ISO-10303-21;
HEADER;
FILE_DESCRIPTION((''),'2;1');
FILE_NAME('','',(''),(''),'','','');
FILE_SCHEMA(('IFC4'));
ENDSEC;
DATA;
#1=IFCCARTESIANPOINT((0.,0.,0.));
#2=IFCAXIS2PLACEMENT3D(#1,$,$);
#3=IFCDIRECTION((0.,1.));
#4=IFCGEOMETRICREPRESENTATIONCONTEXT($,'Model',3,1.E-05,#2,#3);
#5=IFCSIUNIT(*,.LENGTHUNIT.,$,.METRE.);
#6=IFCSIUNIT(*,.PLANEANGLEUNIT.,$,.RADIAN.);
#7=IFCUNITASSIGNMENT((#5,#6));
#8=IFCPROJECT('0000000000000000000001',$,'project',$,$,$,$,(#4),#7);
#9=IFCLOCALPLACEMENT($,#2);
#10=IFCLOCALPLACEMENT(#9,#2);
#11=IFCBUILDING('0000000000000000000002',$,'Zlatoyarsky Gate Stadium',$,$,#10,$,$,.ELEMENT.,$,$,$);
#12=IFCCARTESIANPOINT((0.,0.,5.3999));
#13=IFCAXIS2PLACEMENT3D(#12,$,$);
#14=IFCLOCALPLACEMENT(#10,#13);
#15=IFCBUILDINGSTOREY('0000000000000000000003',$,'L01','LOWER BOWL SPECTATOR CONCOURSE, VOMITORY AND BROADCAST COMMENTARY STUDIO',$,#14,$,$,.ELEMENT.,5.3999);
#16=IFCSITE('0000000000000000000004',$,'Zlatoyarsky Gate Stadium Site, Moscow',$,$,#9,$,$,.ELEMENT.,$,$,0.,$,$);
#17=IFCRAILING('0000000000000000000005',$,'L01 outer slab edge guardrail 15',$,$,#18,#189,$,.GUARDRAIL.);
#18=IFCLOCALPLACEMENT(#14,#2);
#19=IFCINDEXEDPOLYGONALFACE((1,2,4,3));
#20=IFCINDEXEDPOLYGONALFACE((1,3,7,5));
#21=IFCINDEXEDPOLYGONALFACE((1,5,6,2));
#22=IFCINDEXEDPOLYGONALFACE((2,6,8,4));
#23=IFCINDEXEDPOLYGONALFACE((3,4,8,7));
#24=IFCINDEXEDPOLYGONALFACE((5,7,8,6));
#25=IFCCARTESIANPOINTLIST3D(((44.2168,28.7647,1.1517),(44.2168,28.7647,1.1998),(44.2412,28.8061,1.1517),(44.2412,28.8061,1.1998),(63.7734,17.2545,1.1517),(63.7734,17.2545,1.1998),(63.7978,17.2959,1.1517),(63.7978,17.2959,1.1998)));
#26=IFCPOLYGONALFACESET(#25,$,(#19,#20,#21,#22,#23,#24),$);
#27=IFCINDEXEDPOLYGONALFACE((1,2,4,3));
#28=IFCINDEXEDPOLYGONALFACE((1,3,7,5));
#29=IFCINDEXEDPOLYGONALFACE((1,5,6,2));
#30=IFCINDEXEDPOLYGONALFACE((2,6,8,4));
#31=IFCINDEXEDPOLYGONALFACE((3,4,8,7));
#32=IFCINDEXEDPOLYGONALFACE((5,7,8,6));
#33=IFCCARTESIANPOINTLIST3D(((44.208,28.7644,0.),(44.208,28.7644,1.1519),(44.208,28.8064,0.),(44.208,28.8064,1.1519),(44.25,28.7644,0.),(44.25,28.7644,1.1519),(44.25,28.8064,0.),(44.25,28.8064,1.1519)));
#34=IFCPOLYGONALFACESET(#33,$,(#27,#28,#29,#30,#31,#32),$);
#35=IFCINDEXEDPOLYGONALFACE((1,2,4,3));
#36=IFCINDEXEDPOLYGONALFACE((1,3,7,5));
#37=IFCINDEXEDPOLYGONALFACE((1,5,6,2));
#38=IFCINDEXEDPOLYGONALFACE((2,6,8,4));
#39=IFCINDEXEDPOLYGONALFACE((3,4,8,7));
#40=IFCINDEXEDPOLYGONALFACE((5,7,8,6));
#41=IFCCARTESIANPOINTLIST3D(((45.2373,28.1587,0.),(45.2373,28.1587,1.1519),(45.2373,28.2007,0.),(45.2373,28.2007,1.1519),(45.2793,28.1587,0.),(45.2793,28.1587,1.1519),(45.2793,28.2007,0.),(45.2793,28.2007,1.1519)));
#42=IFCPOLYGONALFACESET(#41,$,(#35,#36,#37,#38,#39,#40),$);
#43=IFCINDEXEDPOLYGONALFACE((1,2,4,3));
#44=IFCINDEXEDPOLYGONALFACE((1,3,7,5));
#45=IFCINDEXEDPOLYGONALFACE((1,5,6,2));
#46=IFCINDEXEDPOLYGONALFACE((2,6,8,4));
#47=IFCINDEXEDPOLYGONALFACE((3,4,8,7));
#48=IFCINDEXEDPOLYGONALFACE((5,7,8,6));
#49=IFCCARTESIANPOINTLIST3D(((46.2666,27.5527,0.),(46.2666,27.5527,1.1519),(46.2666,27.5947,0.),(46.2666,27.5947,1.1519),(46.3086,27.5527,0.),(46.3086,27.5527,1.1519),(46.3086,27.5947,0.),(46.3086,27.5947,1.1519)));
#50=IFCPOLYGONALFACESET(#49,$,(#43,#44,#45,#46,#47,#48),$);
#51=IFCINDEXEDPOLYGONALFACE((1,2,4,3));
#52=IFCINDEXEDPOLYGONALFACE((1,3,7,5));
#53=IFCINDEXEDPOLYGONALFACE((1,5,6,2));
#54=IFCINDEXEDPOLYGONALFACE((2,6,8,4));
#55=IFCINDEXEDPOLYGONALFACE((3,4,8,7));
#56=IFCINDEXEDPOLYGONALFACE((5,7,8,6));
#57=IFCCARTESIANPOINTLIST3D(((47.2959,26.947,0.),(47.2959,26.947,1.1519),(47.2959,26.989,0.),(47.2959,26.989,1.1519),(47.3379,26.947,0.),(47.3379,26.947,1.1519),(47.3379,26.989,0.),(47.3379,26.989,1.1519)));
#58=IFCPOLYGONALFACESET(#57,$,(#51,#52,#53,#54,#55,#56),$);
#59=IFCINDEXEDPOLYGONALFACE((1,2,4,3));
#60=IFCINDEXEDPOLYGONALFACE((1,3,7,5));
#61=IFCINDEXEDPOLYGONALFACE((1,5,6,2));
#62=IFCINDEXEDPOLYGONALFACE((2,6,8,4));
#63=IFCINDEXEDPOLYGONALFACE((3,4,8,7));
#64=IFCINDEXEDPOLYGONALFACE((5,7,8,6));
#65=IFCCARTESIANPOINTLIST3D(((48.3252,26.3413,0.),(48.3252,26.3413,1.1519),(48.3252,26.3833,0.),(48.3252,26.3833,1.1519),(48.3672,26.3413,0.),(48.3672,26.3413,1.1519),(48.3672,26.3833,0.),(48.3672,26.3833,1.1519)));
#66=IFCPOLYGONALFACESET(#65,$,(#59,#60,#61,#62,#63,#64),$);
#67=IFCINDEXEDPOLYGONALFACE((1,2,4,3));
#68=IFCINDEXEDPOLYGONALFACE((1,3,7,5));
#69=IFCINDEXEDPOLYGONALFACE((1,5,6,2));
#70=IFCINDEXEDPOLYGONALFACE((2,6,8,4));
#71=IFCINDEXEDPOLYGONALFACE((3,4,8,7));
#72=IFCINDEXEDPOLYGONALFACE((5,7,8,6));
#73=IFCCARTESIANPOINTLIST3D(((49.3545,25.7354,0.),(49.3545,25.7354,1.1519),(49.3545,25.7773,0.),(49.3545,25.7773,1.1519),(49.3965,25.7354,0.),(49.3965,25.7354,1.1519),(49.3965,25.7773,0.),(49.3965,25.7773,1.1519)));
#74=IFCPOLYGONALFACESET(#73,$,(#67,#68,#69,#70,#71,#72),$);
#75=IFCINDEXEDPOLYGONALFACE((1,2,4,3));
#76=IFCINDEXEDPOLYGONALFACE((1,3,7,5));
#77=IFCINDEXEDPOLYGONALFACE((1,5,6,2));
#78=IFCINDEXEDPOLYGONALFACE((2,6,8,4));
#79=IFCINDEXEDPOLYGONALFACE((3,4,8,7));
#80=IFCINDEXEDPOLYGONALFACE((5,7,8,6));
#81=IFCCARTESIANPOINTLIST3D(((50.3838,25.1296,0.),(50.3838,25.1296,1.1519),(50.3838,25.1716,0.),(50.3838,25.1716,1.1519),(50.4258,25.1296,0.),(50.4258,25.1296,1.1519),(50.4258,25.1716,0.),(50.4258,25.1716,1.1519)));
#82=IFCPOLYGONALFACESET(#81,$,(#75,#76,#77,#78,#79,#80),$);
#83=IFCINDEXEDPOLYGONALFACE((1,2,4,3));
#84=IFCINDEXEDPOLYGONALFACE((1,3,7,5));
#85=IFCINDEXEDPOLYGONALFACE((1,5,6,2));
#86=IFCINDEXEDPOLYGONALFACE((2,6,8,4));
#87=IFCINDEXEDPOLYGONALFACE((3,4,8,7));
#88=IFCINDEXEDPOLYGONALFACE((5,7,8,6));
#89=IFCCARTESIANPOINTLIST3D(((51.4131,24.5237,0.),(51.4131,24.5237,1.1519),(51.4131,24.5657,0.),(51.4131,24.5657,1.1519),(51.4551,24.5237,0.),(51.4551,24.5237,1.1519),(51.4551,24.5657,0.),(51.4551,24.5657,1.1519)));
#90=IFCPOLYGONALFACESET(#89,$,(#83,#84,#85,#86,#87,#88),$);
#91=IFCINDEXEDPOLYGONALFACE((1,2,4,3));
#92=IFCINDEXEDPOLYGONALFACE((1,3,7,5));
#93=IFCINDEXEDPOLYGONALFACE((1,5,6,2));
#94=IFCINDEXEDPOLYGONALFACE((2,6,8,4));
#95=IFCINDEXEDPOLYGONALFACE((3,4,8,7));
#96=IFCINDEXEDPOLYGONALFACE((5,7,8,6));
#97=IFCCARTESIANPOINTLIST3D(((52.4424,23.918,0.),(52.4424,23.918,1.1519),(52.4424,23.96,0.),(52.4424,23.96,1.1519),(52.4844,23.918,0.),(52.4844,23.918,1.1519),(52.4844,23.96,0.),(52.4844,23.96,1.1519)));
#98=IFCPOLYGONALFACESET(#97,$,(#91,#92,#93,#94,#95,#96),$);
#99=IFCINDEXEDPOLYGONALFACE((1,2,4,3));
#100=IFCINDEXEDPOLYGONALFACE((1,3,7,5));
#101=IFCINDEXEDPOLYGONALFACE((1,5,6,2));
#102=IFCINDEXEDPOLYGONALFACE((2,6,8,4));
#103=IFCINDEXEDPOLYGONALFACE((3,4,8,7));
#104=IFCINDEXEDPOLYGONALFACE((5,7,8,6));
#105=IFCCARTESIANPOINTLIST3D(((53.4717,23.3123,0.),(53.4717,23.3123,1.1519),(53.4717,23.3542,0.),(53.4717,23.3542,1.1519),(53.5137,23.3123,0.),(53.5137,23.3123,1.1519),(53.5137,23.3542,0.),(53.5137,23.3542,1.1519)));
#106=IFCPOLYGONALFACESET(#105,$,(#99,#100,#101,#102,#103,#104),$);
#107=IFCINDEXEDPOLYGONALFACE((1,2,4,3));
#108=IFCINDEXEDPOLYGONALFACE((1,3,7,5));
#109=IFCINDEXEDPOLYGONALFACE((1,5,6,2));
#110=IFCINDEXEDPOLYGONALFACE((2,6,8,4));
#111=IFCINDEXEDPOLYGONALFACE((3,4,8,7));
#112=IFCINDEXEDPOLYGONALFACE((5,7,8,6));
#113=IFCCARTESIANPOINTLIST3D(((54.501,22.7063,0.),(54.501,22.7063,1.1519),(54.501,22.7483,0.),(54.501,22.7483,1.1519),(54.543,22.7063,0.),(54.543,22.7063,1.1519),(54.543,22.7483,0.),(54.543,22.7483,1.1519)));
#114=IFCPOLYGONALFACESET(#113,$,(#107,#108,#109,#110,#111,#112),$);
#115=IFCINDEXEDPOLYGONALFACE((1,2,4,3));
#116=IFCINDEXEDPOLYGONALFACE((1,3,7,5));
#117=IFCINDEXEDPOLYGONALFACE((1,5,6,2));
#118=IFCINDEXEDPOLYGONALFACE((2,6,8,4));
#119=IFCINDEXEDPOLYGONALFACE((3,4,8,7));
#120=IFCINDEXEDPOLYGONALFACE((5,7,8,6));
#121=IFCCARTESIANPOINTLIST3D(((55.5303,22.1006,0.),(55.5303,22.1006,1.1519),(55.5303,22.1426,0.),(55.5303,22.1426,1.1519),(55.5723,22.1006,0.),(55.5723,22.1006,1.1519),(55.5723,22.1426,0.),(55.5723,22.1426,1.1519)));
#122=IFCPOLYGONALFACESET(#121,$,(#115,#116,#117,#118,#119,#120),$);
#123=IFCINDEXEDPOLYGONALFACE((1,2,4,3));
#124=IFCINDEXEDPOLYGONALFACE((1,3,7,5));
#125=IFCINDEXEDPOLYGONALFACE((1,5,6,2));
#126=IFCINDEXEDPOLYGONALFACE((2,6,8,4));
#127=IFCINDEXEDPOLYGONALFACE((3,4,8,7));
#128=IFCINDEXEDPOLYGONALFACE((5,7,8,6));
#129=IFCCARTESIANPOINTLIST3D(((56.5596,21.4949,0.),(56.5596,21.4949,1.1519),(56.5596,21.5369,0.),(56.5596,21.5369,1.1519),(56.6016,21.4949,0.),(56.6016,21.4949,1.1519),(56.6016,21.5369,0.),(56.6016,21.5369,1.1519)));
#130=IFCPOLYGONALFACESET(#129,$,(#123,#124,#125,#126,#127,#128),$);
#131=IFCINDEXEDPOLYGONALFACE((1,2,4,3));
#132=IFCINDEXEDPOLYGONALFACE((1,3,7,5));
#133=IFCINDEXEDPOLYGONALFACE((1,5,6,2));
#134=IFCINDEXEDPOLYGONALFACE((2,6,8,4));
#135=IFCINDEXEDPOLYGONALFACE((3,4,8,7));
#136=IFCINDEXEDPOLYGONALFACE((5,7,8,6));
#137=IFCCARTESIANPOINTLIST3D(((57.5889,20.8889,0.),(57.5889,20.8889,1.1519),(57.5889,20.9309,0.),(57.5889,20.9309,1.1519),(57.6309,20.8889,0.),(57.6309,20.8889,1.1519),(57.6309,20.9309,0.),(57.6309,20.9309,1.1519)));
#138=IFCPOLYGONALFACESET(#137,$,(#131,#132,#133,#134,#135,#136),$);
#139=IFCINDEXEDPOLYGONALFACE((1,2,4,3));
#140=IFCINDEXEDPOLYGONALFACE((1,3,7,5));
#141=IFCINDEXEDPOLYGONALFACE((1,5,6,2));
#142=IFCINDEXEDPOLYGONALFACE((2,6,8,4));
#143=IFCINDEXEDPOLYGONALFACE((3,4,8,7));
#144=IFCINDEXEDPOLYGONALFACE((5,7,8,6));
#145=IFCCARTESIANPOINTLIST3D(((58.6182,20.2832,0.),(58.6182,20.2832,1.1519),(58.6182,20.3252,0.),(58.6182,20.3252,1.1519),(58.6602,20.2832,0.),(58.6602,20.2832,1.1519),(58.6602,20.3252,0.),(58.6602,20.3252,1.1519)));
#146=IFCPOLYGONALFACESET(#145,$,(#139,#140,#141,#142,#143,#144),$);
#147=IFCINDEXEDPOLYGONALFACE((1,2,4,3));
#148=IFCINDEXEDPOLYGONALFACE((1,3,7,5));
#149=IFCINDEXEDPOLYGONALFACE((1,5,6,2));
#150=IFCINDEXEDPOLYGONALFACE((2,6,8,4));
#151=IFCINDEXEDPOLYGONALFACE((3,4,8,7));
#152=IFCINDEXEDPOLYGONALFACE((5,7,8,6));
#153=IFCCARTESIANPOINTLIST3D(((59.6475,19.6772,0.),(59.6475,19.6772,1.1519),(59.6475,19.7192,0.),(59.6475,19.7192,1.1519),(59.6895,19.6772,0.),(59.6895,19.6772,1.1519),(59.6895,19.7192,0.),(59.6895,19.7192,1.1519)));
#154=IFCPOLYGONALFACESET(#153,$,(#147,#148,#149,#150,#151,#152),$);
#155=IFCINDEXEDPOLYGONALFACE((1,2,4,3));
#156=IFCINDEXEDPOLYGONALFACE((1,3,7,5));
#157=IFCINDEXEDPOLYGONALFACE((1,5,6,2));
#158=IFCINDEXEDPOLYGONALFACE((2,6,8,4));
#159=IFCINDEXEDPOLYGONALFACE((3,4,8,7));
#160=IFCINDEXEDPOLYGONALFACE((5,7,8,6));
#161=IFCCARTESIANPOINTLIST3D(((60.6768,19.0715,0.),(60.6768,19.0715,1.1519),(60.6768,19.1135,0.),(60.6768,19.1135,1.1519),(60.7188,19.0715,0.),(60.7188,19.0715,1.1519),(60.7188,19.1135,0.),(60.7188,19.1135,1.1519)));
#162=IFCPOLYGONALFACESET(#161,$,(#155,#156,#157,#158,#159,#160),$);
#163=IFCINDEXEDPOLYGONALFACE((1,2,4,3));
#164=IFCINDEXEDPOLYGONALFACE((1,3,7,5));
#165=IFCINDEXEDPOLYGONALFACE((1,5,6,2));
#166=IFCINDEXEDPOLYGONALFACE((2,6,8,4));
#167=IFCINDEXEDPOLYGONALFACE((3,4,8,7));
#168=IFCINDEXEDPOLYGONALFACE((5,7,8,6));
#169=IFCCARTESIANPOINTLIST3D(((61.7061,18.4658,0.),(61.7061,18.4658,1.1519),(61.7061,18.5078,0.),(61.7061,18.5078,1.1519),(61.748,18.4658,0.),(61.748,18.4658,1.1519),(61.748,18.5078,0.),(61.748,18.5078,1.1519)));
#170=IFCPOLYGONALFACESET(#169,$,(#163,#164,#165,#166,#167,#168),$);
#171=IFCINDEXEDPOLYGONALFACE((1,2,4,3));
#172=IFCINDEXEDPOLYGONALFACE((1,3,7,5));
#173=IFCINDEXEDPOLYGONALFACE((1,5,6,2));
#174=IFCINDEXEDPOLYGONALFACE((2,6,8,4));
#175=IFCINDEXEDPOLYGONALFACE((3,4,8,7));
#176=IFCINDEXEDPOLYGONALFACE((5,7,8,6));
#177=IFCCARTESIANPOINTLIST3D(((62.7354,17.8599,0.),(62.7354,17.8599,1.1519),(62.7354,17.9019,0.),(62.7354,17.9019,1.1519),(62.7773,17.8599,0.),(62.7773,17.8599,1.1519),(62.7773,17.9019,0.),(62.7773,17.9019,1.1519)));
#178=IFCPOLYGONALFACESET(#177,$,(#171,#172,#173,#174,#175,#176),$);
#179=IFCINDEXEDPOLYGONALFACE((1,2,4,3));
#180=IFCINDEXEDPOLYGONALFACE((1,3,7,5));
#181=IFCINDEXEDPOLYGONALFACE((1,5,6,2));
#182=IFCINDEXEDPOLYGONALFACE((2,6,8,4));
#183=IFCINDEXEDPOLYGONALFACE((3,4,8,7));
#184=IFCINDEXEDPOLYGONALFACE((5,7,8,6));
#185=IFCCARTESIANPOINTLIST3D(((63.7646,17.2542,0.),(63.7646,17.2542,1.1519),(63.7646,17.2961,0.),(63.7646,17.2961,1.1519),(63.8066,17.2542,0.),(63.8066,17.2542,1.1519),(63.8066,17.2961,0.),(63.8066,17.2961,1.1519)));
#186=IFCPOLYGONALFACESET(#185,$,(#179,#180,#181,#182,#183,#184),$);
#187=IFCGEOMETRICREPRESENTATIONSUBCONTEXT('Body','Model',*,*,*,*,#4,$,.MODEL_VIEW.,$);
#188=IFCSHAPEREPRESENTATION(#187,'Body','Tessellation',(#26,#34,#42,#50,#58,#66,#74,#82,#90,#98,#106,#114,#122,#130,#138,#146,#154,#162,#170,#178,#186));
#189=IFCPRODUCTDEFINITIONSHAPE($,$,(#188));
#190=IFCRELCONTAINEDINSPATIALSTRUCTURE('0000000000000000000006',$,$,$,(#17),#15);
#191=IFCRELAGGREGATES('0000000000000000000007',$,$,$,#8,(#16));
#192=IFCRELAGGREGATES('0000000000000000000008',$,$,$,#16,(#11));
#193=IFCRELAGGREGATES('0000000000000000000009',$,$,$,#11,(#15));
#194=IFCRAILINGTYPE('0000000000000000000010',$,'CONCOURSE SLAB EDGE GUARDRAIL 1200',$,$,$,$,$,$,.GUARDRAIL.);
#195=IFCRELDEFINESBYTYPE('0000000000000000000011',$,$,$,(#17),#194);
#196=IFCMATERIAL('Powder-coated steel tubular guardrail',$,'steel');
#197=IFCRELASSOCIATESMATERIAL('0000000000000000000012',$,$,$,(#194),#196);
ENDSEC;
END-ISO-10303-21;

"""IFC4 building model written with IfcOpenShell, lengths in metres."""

from ifc_helpers import new_model, si_unit, direction, frame, origin, origin_2d, place, context, subcontext, project, spatial, rectangle, extrude, material, type_object, element, save


model = new_model("IFC4")

# Units and contexts
model_context = context("Model", 3, precision=1e-05, world=origin(), true_north=direction((0.0, 1.0)))
body_context = subcontext(model_context, "Body", "Model", "MODEL_VIEW")
ifc_project = project(units=[si_unit("LENGTHUNIT", "METRE"), si_unit("PLANEANGLEUNIT", "RADIAN")], contexts=[model_context])

# Site, building, storey
site_placement = place(None, origin())
site = spatial("IfcSite", under=ifc_project, at=site_placement, Name="Zlatoyarsky Gate Stadium Site, Moscow", CompositionType="ELEMENT", RefElevation=0.0)
building_placement = place(site_placement, origin())
building = spatial("IfcBuilding", under=site, at=building_placement, Name="Zlatoyarsky Gate Stadium", CompositionType="ELEMENT")
storey_placement = place(building_placement, frame((0.0, 0.0, 5.3999)))
storey = spatial("IfcBuildingStorey", under=building, at=storey_placement, Name="L01", Description="LOWER BOWL SPECTATOR CONCOURSE, VOMITORY AND BROADCAST COMMENTARY STUDIO", CompositionType="ELEMENT", Elevation=5.3999)

# Railing
ifc_material_1 = material(Name="Powder-coated steel tubular guardrail", Category="steel")
railing_type = type_object("IfcRailingType", Name="CONCOURSE SLAB EDGE GUARDRAIL 1200", PredefinedType="GUARDRAIL", material=ifc_material_1)
railing_placement = place(storey_placement, frame((44.229, 28.7854, 0.0)))
element("IfcRailing", 1, at=railing_placement, inside=storey, type_object=railing_type, Name="L01 outer slab edge guardrail 15", PredefinedType="GUARDRAIL", context=body_context, shape_type="SweptSolid", body=[
    extrude(rectangle(XDim=0.0481, YDim=0.0481, at=origin_2d()), frame((0.0, 0.0, 1.1758), z_axis=(0.861812, -0.507228, 0.0), x_axis=(0.507228, 0.861812, 0.0)), (0.0, 0.0, 1.0), 22.6924),
    extrude(rectangle(XDim=0.042, YDim=0.042, at=origin_2d()), origin(), (0.0, 0.0, 1.0), 1.1519),
    extrude(rectangle(XDim=0.042, YDim=0.042, at=origin_2d()), frame((1.0293, -0.6057, 0.0)), (0.0, 0.0, 1.0), 1.1519),
    extrude(rectangle(XDim=0.042, YDim=0.042, at=origin_2d()), frame((2.0586, -1.2117, 0.0)), (0.0, 0.0, 1.0), 1.1519),
    extrude(rectangle(XDim=0.042, YDim=0.042, at=origin_2d()), frame((3.0879, -1.8174, 0.0)), (0.0, 0.0, 1.0), 1.1519),
    extrude(rectangle(XDim=0.042, YDim=0.042, at=origin_2d()), frame((4.1172, -2.4231, 0.0)), (0.0, 0.0, 1.0), 1.1519),
    extrude(rectangle(XDim=0.042, YDim=0.042, at=origin_2d()), frame((5.1465, -3.0291, 0.0)), (0.0, 0.0, 1.0), 1.1519),
    extrude(rectangle(XDim=0.042, YDim=0.042, at=origin_2d()), frame((6.1758, -3.6348, 0.0)), (0.0, 0.0, 1.0), 1.1519),
    extrude(rectangle(XDim=0.042, YDim=0.042, at=origin_2d()), frame((7.2051, -4.2407, 0.0)), (0.0, 0.0, 1.0), 1.1519),
    extrude(rectangle(XDim=0.042, YDim=0.042, at=origin_2d()), frame((8.2344, -4.8464, 0.0)), (0.0, 0.0, 1.0), 1.1519),
    extrude(rectangle(XDim=0.042, YDim=0.042, at=origin_2d()), frame((9.2637, -5.4521, 0.0)), (0.0, 0.0, 1.0), 1.1519),
    extrude(rectangle(XDim=0.042, YDim=0.042, at=origin_2d()), frame((10.293, -6.0581, 0.0)), (0.0, 0.0, 1.0), 1.1519),
    extrude(rectangle(XDim=0.042, YDim=0.042, at=origin_2d()), frame((11.3223, -6.6638, 0.0)), (0.0, 0.0, 1.0), 1.1519),
    extrude(rectangle(XDim=0.042, YDim=0.042, at=origin_2d()), frame((12.3516, -7.2695, 0.0)), (0.0, 0.0, 1.0), 1.1519),
    extrude(rectangle(XDim=0.042, YDim=0.042, at=origin_2d()), frame((13.3809, -7.8755, 0.0)), (0.0, 0.0, 1.0), 1.1519),
    extrude(rectangle(XDim=0.042, YDim=0.042, at=origin_2d()), frame((14.4102, -8.4812, 0.0)), (0.0, 0.0, 1.0), 1.1519),
    extrude(rectangle(XDim=0.042, YDim=0.042, at=origin_2d()), frame((15.4395, -9.0872, 0.0)), (0.0, 0.0, 1.0), 1.1519),
    extrude(rectangle(XDim=0.042, YDim=0.042, at=origin_2d()), frame((16.4688, -9.6929, 0.0)), (0.0, 0.0, 1.0), 1.1519),
    extrude(rectangle(XDim=0.042, YDim=0.042, at=origin_2d()), frame((17.498, -10.2986, 0.0)), (0.0, 0.0, 1.0), 1.1519),
    extrude(rectangle(XDim=0.042, YDim=0.042, at=origin_2d()), frame((18.5273, -10.9045, 0.0)), (0.0, 0.0, 1.0), 1.1519),
    extrude(rectangle(XDim=0.042, YDim=0.042, at=origin_2d()), frame((19.5566, -11.5103, 0.0)), (0.0, 0.0, 1.0), 1.1519),
])

save(model, "model.ifc")
